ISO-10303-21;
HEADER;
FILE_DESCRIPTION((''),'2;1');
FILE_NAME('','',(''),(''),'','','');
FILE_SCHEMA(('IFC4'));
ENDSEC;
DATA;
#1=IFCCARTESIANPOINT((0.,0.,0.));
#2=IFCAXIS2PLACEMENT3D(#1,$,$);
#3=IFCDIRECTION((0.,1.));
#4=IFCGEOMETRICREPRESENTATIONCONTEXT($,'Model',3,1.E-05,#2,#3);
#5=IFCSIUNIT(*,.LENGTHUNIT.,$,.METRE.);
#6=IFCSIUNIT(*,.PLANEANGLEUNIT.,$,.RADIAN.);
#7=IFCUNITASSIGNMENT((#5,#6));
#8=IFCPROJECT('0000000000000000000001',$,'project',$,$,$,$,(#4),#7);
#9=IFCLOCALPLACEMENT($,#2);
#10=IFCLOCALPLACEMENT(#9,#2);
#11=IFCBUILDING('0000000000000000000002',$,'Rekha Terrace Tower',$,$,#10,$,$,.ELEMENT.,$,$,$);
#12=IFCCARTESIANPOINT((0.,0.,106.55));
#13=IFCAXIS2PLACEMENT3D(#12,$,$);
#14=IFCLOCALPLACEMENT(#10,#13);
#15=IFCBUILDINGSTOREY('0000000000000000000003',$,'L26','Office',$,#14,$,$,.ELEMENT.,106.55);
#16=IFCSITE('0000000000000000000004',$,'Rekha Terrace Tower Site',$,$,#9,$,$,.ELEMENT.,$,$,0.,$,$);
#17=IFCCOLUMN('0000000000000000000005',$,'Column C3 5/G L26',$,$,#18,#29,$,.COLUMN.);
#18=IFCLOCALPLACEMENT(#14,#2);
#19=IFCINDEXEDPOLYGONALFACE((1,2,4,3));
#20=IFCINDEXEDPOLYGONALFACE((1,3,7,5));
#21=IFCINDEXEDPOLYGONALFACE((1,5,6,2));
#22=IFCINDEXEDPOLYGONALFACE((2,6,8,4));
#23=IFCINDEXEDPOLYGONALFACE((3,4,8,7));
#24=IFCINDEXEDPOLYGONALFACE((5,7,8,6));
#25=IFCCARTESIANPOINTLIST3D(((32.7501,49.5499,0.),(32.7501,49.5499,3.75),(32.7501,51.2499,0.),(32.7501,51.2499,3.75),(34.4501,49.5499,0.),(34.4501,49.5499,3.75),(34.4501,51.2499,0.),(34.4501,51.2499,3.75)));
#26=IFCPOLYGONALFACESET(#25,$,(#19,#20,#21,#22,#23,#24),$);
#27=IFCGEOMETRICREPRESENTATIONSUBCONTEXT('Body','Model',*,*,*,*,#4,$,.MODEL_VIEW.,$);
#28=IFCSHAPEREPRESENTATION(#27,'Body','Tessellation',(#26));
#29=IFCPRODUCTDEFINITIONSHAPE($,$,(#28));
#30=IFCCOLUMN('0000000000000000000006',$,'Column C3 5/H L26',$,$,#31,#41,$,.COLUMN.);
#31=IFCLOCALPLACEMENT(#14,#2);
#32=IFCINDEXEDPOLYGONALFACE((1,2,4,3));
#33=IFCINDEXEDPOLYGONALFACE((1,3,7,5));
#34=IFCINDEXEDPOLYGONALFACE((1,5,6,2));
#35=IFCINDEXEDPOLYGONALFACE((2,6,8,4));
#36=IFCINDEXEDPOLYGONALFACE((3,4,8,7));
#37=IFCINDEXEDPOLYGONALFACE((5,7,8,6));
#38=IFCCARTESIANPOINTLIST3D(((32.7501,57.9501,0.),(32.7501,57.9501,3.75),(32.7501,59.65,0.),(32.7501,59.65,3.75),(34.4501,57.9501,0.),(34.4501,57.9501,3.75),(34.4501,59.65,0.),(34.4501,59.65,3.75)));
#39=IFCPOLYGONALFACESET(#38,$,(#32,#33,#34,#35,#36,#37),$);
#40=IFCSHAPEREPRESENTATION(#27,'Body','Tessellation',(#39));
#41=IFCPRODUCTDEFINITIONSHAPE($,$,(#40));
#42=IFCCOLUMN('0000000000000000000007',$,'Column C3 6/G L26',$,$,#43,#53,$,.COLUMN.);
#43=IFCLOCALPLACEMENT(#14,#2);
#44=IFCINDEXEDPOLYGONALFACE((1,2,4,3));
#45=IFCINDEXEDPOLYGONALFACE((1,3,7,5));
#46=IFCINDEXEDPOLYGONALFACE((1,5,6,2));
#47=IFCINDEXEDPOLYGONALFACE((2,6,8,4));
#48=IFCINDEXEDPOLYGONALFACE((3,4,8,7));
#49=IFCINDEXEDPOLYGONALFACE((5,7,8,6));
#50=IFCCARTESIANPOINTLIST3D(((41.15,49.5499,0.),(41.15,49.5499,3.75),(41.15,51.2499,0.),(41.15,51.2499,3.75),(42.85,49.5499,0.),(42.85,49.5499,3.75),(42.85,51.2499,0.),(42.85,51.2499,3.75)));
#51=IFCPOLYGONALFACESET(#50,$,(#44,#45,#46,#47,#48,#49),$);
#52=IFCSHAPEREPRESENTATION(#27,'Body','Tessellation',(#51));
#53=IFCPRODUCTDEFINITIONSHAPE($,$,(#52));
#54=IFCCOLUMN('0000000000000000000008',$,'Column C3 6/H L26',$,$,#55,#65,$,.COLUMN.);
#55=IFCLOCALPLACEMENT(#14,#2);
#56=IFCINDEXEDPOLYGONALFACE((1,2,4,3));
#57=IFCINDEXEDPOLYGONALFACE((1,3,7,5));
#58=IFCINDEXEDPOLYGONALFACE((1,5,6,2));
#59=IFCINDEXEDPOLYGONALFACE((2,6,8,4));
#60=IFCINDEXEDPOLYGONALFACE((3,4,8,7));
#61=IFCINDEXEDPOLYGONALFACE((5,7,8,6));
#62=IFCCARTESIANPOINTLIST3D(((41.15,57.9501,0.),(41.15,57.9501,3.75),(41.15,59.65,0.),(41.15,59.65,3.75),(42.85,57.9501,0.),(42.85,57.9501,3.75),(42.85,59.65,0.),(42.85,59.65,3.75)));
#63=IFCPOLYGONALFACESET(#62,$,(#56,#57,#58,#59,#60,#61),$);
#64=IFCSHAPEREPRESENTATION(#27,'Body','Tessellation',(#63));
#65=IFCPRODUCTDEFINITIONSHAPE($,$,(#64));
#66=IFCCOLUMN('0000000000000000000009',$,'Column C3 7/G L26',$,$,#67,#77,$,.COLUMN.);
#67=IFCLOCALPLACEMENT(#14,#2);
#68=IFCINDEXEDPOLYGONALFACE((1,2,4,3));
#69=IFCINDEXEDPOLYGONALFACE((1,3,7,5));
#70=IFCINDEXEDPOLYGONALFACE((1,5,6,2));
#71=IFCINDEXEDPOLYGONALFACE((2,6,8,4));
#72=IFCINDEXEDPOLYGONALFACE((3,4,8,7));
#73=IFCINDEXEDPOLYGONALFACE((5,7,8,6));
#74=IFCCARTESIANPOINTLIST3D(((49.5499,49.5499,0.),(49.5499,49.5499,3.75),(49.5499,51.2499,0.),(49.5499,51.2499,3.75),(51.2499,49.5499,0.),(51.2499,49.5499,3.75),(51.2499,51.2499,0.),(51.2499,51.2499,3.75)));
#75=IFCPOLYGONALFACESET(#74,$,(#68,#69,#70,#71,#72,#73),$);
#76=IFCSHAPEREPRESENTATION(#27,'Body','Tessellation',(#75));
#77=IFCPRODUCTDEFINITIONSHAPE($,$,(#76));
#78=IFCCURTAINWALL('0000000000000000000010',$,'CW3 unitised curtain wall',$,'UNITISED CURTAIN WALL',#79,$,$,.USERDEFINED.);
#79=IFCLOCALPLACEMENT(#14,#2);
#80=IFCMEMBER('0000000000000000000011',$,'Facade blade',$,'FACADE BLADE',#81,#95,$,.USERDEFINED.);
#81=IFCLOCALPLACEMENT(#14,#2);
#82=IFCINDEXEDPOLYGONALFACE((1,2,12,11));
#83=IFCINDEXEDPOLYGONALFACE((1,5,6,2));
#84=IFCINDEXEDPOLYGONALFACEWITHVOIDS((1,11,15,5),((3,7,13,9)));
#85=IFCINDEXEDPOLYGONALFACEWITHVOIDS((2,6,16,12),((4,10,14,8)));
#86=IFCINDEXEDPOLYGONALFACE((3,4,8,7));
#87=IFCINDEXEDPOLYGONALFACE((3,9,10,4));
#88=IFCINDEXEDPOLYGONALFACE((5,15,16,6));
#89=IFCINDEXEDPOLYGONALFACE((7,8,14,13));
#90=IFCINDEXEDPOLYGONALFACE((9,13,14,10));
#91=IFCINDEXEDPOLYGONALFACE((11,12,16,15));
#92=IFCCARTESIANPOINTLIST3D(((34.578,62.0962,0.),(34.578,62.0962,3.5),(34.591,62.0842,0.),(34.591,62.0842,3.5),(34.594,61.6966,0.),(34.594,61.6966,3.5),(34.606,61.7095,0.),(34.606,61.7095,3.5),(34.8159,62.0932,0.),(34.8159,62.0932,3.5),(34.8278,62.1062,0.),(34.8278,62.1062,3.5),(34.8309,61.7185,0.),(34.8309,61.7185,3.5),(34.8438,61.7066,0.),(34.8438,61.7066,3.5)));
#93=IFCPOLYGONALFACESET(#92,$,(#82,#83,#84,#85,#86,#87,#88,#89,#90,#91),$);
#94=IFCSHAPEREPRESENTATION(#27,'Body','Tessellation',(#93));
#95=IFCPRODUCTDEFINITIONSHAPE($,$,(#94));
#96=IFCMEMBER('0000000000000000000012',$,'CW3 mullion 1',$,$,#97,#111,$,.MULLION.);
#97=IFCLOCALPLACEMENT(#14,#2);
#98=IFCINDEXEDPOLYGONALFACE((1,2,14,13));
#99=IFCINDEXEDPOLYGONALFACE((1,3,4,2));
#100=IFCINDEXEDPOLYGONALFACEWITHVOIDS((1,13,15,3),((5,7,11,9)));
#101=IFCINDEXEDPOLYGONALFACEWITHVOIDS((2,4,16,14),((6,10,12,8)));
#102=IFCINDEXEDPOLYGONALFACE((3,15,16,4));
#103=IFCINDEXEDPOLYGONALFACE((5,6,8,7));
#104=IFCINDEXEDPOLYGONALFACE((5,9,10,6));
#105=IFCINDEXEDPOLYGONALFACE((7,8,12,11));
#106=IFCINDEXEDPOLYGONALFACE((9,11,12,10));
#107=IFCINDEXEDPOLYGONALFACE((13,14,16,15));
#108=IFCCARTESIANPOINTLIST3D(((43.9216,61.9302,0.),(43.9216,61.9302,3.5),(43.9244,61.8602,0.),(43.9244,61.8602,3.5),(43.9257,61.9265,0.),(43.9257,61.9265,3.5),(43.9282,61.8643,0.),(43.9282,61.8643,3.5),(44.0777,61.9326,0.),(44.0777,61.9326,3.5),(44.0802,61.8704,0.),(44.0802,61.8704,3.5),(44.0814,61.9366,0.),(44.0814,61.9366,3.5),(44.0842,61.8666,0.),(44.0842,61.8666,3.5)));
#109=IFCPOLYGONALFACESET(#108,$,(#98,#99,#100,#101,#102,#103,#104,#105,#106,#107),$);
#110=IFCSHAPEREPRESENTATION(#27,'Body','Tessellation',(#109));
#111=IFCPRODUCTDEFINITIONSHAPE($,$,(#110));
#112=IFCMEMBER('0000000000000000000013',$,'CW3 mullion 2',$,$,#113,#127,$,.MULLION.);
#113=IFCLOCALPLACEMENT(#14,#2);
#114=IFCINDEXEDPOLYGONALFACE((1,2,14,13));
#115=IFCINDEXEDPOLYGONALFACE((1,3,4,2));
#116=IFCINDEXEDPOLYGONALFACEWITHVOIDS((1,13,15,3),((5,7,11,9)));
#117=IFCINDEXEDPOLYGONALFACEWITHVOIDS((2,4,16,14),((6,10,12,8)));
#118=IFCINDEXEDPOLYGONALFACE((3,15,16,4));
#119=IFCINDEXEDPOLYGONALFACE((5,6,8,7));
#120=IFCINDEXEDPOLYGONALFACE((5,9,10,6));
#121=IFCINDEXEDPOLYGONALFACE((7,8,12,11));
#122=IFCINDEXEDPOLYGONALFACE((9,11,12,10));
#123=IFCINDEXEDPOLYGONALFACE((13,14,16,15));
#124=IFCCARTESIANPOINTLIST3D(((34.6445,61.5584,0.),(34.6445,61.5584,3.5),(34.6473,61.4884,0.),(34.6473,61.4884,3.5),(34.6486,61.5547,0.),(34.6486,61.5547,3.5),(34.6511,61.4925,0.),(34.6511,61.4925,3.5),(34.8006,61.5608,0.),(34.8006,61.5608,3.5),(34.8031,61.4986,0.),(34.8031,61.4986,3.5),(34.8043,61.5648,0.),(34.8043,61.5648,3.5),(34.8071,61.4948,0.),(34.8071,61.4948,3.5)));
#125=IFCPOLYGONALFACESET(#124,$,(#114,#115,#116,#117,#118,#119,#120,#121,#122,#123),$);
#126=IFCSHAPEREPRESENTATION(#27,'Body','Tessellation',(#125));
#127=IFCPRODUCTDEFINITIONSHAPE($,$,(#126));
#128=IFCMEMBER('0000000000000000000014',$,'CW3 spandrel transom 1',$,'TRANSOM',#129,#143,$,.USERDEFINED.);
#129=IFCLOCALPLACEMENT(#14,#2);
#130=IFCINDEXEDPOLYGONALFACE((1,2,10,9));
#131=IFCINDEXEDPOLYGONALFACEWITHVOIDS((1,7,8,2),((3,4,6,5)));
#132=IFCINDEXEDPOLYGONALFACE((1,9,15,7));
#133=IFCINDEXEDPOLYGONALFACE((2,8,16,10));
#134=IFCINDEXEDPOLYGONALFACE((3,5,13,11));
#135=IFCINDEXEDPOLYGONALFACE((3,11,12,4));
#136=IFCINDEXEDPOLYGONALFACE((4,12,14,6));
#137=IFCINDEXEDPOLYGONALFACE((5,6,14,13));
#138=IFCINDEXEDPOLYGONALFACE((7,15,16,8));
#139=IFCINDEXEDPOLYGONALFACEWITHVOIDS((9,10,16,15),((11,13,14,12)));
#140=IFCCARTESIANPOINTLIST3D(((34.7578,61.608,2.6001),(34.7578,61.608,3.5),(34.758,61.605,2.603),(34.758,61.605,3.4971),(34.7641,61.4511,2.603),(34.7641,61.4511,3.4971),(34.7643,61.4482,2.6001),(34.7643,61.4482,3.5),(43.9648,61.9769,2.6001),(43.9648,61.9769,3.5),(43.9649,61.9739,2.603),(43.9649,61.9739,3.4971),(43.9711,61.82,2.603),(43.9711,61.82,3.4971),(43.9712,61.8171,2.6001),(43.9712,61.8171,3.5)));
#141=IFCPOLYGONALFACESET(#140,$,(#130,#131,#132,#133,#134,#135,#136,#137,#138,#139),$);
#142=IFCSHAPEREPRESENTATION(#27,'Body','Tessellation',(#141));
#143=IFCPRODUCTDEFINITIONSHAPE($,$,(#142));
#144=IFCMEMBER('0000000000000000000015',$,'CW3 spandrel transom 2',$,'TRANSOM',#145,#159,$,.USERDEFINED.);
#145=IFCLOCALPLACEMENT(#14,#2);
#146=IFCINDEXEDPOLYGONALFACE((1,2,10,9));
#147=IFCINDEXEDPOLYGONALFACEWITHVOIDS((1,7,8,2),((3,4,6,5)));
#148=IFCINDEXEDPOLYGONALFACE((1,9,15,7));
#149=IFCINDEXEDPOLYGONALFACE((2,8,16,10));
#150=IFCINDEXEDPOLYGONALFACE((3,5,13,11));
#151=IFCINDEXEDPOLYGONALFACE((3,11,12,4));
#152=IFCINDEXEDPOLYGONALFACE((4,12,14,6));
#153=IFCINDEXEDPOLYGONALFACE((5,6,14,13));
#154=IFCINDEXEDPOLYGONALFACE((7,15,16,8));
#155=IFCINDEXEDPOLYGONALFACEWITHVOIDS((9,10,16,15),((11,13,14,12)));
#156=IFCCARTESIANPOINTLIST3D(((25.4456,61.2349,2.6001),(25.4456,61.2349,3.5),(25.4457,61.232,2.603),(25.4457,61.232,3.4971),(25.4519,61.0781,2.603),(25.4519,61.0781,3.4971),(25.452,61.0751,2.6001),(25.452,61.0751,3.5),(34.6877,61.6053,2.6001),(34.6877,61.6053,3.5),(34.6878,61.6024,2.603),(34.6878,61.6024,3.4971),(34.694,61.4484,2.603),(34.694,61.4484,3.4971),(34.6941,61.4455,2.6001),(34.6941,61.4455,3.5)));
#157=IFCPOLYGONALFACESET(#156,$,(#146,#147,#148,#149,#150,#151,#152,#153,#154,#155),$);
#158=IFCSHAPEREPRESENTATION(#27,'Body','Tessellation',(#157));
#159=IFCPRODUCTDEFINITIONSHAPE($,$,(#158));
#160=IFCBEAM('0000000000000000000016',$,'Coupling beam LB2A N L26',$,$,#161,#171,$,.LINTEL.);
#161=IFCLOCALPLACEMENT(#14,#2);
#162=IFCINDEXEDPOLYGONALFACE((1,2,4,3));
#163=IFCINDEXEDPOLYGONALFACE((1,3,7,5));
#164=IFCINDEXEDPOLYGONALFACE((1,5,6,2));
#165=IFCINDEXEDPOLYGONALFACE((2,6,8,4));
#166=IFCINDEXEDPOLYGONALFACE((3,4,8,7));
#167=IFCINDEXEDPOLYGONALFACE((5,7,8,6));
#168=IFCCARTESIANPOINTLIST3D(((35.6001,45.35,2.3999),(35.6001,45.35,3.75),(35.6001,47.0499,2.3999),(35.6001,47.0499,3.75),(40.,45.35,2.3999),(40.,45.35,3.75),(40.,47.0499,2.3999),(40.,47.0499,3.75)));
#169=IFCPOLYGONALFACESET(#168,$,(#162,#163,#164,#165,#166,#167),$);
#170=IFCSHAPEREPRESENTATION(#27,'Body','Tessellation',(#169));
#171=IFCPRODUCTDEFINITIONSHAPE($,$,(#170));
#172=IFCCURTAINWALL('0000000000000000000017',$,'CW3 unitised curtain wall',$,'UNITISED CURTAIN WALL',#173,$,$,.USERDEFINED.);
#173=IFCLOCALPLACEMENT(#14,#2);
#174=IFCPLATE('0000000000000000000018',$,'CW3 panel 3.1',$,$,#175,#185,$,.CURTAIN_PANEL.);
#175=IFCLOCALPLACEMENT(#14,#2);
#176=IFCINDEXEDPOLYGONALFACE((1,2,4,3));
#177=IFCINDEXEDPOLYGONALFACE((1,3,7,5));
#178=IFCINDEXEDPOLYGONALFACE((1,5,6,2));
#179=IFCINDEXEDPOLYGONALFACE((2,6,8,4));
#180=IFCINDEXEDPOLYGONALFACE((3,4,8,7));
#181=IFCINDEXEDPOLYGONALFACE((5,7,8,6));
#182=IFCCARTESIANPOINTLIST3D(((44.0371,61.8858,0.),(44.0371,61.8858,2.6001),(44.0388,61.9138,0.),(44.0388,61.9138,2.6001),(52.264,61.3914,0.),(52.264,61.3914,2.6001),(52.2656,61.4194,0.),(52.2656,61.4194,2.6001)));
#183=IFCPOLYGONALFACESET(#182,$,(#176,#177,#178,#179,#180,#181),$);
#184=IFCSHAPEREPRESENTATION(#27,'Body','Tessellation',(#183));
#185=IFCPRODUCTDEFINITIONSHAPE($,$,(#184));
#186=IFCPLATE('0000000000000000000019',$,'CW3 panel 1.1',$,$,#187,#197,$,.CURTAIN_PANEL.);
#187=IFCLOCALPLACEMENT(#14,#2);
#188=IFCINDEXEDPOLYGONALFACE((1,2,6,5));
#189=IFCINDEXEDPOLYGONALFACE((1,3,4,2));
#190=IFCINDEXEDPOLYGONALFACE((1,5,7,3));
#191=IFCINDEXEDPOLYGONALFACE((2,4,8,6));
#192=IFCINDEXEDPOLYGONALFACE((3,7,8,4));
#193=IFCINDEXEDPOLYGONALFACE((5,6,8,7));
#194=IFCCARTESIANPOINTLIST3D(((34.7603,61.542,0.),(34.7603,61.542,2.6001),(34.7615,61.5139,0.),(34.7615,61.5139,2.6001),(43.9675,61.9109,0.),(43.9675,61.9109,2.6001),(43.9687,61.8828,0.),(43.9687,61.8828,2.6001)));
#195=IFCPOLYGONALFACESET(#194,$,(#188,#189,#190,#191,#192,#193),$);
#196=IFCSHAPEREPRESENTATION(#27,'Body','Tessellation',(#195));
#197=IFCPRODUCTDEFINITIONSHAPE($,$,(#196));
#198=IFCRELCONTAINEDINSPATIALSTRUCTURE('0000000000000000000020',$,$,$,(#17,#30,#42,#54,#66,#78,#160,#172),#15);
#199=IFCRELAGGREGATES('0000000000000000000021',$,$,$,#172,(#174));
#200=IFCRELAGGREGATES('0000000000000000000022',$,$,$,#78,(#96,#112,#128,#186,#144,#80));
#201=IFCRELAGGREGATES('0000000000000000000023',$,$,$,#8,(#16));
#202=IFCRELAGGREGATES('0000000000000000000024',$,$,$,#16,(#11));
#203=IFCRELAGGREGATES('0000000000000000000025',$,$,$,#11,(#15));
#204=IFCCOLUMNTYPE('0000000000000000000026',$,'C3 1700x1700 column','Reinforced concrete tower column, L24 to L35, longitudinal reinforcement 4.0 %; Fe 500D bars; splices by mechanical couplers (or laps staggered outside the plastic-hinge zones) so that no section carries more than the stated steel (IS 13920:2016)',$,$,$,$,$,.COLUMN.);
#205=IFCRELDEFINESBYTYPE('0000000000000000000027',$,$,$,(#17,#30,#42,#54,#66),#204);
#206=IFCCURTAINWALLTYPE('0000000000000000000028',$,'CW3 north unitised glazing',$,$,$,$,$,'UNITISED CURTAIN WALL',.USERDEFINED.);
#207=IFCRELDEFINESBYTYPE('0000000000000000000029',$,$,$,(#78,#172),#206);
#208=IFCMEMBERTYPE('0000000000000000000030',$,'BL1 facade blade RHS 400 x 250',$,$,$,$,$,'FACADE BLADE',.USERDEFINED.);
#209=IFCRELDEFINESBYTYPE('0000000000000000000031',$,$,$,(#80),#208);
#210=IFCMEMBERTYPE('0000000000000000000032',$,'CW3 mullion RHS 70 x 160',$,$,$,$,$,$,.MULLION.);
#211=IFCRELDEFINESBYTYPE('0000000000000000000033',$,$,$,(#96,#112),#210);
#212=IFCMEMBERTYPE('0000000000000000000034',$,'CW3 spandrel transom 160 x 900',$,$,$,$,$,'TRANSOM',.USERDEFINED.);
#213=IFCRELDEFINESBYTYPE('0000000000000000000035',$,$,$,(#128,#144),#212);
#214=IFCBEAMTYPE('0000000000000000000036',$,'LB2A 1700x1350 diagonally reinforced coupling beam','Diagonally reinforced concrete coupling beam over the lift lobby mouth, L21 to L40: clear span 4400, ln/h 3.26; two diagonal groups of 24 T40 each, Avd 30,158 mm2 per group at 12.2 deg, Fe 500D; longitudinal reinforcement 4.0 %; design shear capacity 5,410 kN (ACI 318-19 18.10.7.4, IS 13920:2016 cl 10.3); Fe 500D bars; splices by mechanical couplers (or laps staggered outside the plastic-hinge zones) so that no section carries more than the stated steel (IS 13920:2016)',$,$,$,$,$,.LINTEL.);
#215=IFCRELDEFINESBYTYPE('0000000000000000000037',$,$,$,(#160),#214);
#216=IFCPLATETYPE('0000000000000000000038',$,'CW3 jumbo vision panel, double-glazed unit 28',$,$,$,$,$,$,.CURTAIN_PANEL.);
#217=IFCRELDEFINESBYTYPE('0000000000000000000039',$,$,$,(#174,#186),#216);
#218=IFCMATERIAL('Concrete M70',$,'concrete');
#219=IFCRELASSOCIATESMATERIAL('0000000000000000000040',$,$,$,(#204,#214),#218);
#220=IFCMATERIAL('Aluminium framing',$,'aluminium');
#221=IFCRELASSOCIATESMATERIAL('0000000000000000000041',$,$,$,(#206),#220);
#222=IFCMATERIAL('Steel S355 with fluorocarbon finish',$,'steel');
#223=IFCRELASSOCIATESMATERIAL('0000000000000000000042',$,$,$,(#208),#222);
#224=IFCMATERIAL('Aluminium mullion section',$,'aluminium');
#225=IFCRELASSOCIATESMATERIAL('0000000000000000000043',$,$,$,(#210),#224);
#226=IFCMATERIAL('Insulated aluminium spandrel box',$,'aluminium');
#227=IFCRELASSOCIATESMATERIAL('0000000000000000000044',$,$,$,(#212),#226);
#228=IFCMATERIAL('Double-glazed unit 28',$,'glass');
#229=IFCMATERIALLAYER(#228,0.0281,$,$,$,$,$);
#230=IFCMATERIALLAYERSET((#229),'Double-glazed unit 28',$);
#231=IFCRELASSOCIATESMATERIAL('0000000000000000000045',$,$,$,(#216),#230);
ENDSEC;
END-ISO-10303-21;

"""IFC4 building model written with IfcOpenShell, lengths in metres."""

from ifc_helpers import new_model, si_unit, direction, frame, origin, origin_2d, place, context, subcontext, project, spatial, rectangle, hollow_rectangle, extrude, material, layer, layer_set, material_profile, profile_set, type_object, element, aggregate, save


model = new_model("IFC4")

# Units and contexts
model_context = context("Model", 3, precision=1e-05, world=origin(), true_north=direction((0.0, 1.0)))
body_context = subcontext(model_context, "Body", "Model", "MODEL_VIEW")
ifc_project = project(units=[si_unit("LENGTHUNIT", "METRE"), si_unit("PLANEANGLEUNIT", "RADIAN")], contexts=[model_context])

# Site, building, storey
site_placement = place(None, origin())
site = spatial("IfcSite", under=ifc_project, at=site_placement, Name="Rekha Terrace Tower Site", CompositionType="ELEMENT", RefElevation=0.0)
building_placement = place(site_placement, origin())
building = spatial("IfcBuilding", under=site, at=building_placement, Name="Rekha Terrace Tower", CompositionType="ELEMENT")
storey_placement = place(building_placement, frame((0.0, 0.0, 106.55)))
storey = spatial("IfcBuildingStorey", under=building, at=storey_placement, Name="L26", Description="Office", CompositionType="ELEMENT", Elevation=106.55)

# Columns
ifc_material_1 = material(Name="Concrete M70", Category="concrete")
ifc_material_profile_1 = material_profile(ifc_material_1, rectangle(XDim=1.7, YDim=1.7, at=origin_2d()), Name="RC 1700x1700")
ifc_profile_set_1 = profile_set([ifc_material_profile_1], Name="Concrete M70")
column_type = type_object("IfcColumnType", Name="C3 1700x1700 column", Description="Reinforced concrete tower column, L24 to L35, longitudinal reinforcement 4.0 %; Fe 500D bars; splices by mechanical couplers (or laps staggered outside the plastic-hinge zones) so that no section carries more than the stated steel (IS 13920:2016)", PredefinedType="COLUMN", material=ifc_profile_set_1)
for number, where, z_axis, x_axis, name in (
    (1, (33.6001, 50.3999, 0.0), (0.0, 0.0, 1.0), (1.0, 0.0, 0.0), "Column C3 5/G L26"),
    (2, (33.6001, 58.8, 0.0), (0.0, 0.0, 1.0), (1.0, 0.0, 0.0), "Column C3 5/H L26"),
    (3, (42.0, 50.3999, 0.0), (0.0, 0.0, 1.0), (1.0, 0.0, 0.0), "Column C3 6/G L26"),
    (4, (42.0, 58.8, 0.0), (0.0, 0.0, 1.0), (1.0, 0.0, 0.0), "Column C3 6/H L26"),
    (5, (50.3999, 50.3999, 0.0), (0.0, 0.0, 1.0), (1.0, 0.0, 0.0), "Column C3 7/G L26"),
):
    element("IfcColumn", number, at=place(storey_placement, frame(where, z_axis=z_axis, x_axis=x_axis)), inside=storey, type_object=column_type, Name=name, PredefinedType="COLUMN", context=body_context, shape_type="SweptSolid", body=[
        extrude(rectangle(XDim=1.7, YDim=1.7, at=origin_2d()), origin(), (0.0, 0.0, 1.0), 3.75),
    ])

# Curtain wall, members
ifc_material_2 = material(Name="Aluminium framing", Category="aluminium")
curtain_wall_type = type_object("IfcCurtainWallType", Name="CW3 north unitised glazing", ElementType="UNITISED CURTAIN WALL", PredefinedType="USERDEFINED", material=ifc_material_2)
curtain_wall_1_placement = place(storey_placement, origin())
curtain_wall_1 = element("IfcCurtainWall", 6, at=curtain_wall_1_placement, inside=storey, type_object=curtain_wall_type, Name="CW3 unitised curtain wall", ObjectType="UNITISED CURTAIN WALL", PredefinedType="USERDEFINED")
ifc_material_3 = material(Name="Steel S355 with fluorocarbon finish", Category="steel")
ifc_material_profile_2 = material_profile(ifc_material_3, hollow_rectangle(XDim=0.25, YDim=0.3999, WallThickness=0.0125, at=origin_2d()), Name="RHS400x250x12.5")
ifc_profile_set_2 = profile_set([ifc_material_profile_2], Name="Steel S355 with fluorocarbon finish")
member_type_1 = type_object("IfcMemberType", Name="BL1 facade blade RHS 400 x 250", ElementType="FACADE BLADE", PredefinedType="USERDEFINED", material=ifc_profile_set_2)
member_1_placement = place(storey_placement, frame((34.7109, 61.9014, 0.0), z_axis=(0.0, 0.0, 1.0), x_axis=(-0.999198, -0.040032, 0.0)))
member_1 = element("IfcMember", 7, at=member_1_placement, type_object=member_type_1, Name="Facade blade", ObjectType="FACADE BLADE", PredefinedType="USERDEFINED", context=body_context, shape_type="SweptSolid", body=[
    extrude(hollow_rectangle(XDim=0.25, YDim=0.3999, WallThickness=0.0125, at=origin_2d()), origin(), (0.0, 0.0, 1.0), 3.5),
])
ifc_material_4 = material(Name="Aluminium mullion section", Category="aluminium")
ifc_material_profile_3 = material_profile(ifc_material_4, hollow_rectangle(XDim=0.0701, YDim=0.1599, WallThickness=0.0039, at=origin_2d()), Name="AL RHS 70x160")
ifc_profile_set_3 = profile_set([ifc_material_profile_3], Name="Aluminium mullion section")
member_type_2 = type_object("IfcMemberType", Name="CW3 mullion RHS 70 x 160", PredefinedType="MULLION", material=ifc_profile_set_3)
member_2_placement = place(storey_placement, frame((44.0029, 61.8984, 0.0), z_axis=(0.0, 0.0, 1.0), x_axis=(0.040032, -0.999198, 0.0)))
member_2 = element("IfcMember", 8, at=member_2_placement, type_object=member_type_2, Name="CW3 mullion 1", PredefinedType="MULLION", context=body_context, shape_type="SweptSolid", body=[
    extrude(hollow_rectangle(XDim=0.0701, YDim=0.1599, WallThickness=0.0039, at=origin_2d()), origin(), (0.0, 0.0, 1.0), 3.5),
])
member_3_placement = place(storey_placement, frame((34.7258, 61.5266, 0.0), z_axis=(0.0, 0.0, 1.0), x_axis=(0.040032, -0.999198, 0.0)))
member_3 = element("IfcMember", 9, at=member_3_placement, type_object=member_type_2, Name="CW3 mullion 2", PredefinedType="MULLION", context=body_context, shape_type="SweptSolid", body=[
    extrude(hollow_rectangle(XDim=0.0701, YDim=0.1599, WallThickness=0.0039, at=origin_2d()), origin(), (0.0, 0.0, 1.0), 3.5),
])
ifc_material_5 = material(Name="Insulated aluminium spandrel box", Category="aluminium")
ifc_material_profile_4 = material_profile(ifc_material_5, hollow_rectangle(XDim=0.1599, YDim=0.8999, WallThickness=0.0029, at=origin_2d()), Name="AL SPANDREL BOX 160x900")
ifc_profile_set_4 = profile_set([ifc_material_profile_4], Name="Insulated aluminium spandrel box")
member_type_3 = type_object("IfcMemberType", Name="CW3 spandrel transom 160 x 900", ElementType="TRANSOM", PredefinedType="USERDEFINED", material=ifc_profile_set_4)
member_4_placement = place(storey_placement, frame((43.968, 61.897, 3.05), z_axis=(-0.999198, -0.040035, 0.0), x_axis=(0.040035, -0.999198, 0.0)))
member_4 = element("IfcMember", 10, at=member_4_placement, type_object=member_type_3, Name="CW3 spandrel transom 1", ObjectType="TRANSOM", PredefinedType="USERDEFINED", context=body_context, shape_type="SweptSolid", body=[
    extrude(hollow_rectangle(XDim=0.1599, YDim=0.8999, WallThickness=0.0029, at=origin_2d()), origin(), (0.0, 0.0, 1.0), 9.2144),
])
member_5_placement = place(storey_placement, frame((34.6909, 61.5254, 3.05), z_axis=(-0.999198, -0.040041, 0.0), x_axis=(0.040041, -0.999198, 0.0)))
member_5 = element("IfcMember", 11, at=member_5_placement, type_object=member_type_3, Name="CW3 spandrel transom 2", ObjectType="TRANSOM", PredefinedType="USERDEFINED", context=body_context, shape_type="SweptSolid", body=[
    extrude(hollow_rectangle(XDim=0.1599, YDim=0.8999, WallThickness=0.0029, at=origin_2d()), origin(), (0.0, 0.0, 1.0), 9.2495),
])

# Beam
ifc_material_profile_5 = material_profile(ifc_material_1, rectangle(XDim=1.7, YDim=1.3501, at=origin_2d()), Name="RC 1700x1350")
ifc_profile_set_5 = profile_set([ifc_material_profile_5], Name="Concrete M70")
beam_type = type_object("IfcBeamType", Name="LB2A 1700x1350 diagonally reinforced coupling beam", Description="Diagonally reinforced concrete coupling beam over the lift lobby mouth, L21 to L40: clear span 4400, ln/h 3.26; two diagonal groups of 24 T40 each, Avd 30,158 mm2 per group at 12.2 deg, Fe 500D; longitudinal reinforcement 4.0 %; design shear capacity 5,410 kN (ACI 318-19 18.10.7.4, IS 13920:2016 cl 10.3); Fe 500D bars; splices by mechanical couplers (or laps staggered outside the plastic-hinge zones) so that no section carries more than the stated steel (IS 13920:2016)", PredefinedType="LINTEL", material=ifc_profile_set_5)
beam_placement = place(storey_placement, frame((35.6001, 46.2, 3.075), z_axis=(1.0, 0.0, 0.0), x_axis=(0.0, 1.0, 0.0)))
element("IfcBeam", 12, at=beam_placement, inside=storey, type_object=beam_type, Name="Coupling beam LB2A N L26", PredefinedType="LINTEL", context=body_context, shape_type="SweptSolid", body=[
    extrude(rectangle(XDim=1.7, YDim=1.3501, at=origin_2d()), origin(), (0.0, 0.0, 1.0), 4.3999),
])

# Curtain wall, plate
curtain_wall_2_placement = place(storey_placement, origin())
curtain_wall_2 = element("IfcCurtainWall", 13, at=curtain_wall_2_placement, inside=storey, type_object=curtain_wall_type, Name="CW3 unitised curtain wall", ObjectType="UNITISED CURTAIN WALL", PredefinedType="USERDEFINED")
ifc_material_6 = material(Name="Double-glazed unit 28", Category="glass")
ifc_layer_1 = layer(ifc_material_6, 0.0281)
ifc_layer_set_1 = layer_set([ifc_layer_1], Name="Double-glazed unit 28")
plate_type = type_object("IfcPlateType", Name="CW3 jumbo vision panel, double-glazed unit 28", PredefinedType="CURTAIN_PANEL", material=ifc_layer_set_1)
plate_1_placement = place(storey_placement, frame((48.1514, 61.6526, 0.0), z_axis=(0.0, 0.0, 1.0), x_axis=(-0.998199, 0.059988, 0.0)))
plate_1 = element("IfcPlate", 14, at=plate_1_placement, type_object=plate_type, Name="CW3 panel 3.1", PredefinedType="CURTAIN_PANEL", context=body_context, shape_type="SweptSolid", body=[
    extrude(rectangle(XDim=8.2417, YDim=0.0281, at=origin_2d()), origin(), (0.0, 0.0, 1.0), 2.6001),
])
aggregate(curtain_wall_2, [plate_1])

# Plate
plate_2_placement = place(storey_placement, frame((39.3645, 61.7124, 0.0), z_axis=(0.0, 0.0, 1.0), x_axis=(-0.999198, -0.040032, 0.0)))
plate_2 = element("IfcPlate", 15, at=plate_2_placement, type_object=plate_type, Name="CW3 panel 1.1", PredefinedType="CURTAIN_PANEL", context=body_context, shape_type="SweptSolid", body=[
    extrude(rectangle(XDim=9.2146, YDim=0.0281, at=origin_2d()), origin(), (0.0, 0.0, 1.0), 2.6001),
])
aggregate(curtain_wall_1, [member_2, member_3, member_4, plate_2, member_5, member_1])

save(model, "model.ifc")
